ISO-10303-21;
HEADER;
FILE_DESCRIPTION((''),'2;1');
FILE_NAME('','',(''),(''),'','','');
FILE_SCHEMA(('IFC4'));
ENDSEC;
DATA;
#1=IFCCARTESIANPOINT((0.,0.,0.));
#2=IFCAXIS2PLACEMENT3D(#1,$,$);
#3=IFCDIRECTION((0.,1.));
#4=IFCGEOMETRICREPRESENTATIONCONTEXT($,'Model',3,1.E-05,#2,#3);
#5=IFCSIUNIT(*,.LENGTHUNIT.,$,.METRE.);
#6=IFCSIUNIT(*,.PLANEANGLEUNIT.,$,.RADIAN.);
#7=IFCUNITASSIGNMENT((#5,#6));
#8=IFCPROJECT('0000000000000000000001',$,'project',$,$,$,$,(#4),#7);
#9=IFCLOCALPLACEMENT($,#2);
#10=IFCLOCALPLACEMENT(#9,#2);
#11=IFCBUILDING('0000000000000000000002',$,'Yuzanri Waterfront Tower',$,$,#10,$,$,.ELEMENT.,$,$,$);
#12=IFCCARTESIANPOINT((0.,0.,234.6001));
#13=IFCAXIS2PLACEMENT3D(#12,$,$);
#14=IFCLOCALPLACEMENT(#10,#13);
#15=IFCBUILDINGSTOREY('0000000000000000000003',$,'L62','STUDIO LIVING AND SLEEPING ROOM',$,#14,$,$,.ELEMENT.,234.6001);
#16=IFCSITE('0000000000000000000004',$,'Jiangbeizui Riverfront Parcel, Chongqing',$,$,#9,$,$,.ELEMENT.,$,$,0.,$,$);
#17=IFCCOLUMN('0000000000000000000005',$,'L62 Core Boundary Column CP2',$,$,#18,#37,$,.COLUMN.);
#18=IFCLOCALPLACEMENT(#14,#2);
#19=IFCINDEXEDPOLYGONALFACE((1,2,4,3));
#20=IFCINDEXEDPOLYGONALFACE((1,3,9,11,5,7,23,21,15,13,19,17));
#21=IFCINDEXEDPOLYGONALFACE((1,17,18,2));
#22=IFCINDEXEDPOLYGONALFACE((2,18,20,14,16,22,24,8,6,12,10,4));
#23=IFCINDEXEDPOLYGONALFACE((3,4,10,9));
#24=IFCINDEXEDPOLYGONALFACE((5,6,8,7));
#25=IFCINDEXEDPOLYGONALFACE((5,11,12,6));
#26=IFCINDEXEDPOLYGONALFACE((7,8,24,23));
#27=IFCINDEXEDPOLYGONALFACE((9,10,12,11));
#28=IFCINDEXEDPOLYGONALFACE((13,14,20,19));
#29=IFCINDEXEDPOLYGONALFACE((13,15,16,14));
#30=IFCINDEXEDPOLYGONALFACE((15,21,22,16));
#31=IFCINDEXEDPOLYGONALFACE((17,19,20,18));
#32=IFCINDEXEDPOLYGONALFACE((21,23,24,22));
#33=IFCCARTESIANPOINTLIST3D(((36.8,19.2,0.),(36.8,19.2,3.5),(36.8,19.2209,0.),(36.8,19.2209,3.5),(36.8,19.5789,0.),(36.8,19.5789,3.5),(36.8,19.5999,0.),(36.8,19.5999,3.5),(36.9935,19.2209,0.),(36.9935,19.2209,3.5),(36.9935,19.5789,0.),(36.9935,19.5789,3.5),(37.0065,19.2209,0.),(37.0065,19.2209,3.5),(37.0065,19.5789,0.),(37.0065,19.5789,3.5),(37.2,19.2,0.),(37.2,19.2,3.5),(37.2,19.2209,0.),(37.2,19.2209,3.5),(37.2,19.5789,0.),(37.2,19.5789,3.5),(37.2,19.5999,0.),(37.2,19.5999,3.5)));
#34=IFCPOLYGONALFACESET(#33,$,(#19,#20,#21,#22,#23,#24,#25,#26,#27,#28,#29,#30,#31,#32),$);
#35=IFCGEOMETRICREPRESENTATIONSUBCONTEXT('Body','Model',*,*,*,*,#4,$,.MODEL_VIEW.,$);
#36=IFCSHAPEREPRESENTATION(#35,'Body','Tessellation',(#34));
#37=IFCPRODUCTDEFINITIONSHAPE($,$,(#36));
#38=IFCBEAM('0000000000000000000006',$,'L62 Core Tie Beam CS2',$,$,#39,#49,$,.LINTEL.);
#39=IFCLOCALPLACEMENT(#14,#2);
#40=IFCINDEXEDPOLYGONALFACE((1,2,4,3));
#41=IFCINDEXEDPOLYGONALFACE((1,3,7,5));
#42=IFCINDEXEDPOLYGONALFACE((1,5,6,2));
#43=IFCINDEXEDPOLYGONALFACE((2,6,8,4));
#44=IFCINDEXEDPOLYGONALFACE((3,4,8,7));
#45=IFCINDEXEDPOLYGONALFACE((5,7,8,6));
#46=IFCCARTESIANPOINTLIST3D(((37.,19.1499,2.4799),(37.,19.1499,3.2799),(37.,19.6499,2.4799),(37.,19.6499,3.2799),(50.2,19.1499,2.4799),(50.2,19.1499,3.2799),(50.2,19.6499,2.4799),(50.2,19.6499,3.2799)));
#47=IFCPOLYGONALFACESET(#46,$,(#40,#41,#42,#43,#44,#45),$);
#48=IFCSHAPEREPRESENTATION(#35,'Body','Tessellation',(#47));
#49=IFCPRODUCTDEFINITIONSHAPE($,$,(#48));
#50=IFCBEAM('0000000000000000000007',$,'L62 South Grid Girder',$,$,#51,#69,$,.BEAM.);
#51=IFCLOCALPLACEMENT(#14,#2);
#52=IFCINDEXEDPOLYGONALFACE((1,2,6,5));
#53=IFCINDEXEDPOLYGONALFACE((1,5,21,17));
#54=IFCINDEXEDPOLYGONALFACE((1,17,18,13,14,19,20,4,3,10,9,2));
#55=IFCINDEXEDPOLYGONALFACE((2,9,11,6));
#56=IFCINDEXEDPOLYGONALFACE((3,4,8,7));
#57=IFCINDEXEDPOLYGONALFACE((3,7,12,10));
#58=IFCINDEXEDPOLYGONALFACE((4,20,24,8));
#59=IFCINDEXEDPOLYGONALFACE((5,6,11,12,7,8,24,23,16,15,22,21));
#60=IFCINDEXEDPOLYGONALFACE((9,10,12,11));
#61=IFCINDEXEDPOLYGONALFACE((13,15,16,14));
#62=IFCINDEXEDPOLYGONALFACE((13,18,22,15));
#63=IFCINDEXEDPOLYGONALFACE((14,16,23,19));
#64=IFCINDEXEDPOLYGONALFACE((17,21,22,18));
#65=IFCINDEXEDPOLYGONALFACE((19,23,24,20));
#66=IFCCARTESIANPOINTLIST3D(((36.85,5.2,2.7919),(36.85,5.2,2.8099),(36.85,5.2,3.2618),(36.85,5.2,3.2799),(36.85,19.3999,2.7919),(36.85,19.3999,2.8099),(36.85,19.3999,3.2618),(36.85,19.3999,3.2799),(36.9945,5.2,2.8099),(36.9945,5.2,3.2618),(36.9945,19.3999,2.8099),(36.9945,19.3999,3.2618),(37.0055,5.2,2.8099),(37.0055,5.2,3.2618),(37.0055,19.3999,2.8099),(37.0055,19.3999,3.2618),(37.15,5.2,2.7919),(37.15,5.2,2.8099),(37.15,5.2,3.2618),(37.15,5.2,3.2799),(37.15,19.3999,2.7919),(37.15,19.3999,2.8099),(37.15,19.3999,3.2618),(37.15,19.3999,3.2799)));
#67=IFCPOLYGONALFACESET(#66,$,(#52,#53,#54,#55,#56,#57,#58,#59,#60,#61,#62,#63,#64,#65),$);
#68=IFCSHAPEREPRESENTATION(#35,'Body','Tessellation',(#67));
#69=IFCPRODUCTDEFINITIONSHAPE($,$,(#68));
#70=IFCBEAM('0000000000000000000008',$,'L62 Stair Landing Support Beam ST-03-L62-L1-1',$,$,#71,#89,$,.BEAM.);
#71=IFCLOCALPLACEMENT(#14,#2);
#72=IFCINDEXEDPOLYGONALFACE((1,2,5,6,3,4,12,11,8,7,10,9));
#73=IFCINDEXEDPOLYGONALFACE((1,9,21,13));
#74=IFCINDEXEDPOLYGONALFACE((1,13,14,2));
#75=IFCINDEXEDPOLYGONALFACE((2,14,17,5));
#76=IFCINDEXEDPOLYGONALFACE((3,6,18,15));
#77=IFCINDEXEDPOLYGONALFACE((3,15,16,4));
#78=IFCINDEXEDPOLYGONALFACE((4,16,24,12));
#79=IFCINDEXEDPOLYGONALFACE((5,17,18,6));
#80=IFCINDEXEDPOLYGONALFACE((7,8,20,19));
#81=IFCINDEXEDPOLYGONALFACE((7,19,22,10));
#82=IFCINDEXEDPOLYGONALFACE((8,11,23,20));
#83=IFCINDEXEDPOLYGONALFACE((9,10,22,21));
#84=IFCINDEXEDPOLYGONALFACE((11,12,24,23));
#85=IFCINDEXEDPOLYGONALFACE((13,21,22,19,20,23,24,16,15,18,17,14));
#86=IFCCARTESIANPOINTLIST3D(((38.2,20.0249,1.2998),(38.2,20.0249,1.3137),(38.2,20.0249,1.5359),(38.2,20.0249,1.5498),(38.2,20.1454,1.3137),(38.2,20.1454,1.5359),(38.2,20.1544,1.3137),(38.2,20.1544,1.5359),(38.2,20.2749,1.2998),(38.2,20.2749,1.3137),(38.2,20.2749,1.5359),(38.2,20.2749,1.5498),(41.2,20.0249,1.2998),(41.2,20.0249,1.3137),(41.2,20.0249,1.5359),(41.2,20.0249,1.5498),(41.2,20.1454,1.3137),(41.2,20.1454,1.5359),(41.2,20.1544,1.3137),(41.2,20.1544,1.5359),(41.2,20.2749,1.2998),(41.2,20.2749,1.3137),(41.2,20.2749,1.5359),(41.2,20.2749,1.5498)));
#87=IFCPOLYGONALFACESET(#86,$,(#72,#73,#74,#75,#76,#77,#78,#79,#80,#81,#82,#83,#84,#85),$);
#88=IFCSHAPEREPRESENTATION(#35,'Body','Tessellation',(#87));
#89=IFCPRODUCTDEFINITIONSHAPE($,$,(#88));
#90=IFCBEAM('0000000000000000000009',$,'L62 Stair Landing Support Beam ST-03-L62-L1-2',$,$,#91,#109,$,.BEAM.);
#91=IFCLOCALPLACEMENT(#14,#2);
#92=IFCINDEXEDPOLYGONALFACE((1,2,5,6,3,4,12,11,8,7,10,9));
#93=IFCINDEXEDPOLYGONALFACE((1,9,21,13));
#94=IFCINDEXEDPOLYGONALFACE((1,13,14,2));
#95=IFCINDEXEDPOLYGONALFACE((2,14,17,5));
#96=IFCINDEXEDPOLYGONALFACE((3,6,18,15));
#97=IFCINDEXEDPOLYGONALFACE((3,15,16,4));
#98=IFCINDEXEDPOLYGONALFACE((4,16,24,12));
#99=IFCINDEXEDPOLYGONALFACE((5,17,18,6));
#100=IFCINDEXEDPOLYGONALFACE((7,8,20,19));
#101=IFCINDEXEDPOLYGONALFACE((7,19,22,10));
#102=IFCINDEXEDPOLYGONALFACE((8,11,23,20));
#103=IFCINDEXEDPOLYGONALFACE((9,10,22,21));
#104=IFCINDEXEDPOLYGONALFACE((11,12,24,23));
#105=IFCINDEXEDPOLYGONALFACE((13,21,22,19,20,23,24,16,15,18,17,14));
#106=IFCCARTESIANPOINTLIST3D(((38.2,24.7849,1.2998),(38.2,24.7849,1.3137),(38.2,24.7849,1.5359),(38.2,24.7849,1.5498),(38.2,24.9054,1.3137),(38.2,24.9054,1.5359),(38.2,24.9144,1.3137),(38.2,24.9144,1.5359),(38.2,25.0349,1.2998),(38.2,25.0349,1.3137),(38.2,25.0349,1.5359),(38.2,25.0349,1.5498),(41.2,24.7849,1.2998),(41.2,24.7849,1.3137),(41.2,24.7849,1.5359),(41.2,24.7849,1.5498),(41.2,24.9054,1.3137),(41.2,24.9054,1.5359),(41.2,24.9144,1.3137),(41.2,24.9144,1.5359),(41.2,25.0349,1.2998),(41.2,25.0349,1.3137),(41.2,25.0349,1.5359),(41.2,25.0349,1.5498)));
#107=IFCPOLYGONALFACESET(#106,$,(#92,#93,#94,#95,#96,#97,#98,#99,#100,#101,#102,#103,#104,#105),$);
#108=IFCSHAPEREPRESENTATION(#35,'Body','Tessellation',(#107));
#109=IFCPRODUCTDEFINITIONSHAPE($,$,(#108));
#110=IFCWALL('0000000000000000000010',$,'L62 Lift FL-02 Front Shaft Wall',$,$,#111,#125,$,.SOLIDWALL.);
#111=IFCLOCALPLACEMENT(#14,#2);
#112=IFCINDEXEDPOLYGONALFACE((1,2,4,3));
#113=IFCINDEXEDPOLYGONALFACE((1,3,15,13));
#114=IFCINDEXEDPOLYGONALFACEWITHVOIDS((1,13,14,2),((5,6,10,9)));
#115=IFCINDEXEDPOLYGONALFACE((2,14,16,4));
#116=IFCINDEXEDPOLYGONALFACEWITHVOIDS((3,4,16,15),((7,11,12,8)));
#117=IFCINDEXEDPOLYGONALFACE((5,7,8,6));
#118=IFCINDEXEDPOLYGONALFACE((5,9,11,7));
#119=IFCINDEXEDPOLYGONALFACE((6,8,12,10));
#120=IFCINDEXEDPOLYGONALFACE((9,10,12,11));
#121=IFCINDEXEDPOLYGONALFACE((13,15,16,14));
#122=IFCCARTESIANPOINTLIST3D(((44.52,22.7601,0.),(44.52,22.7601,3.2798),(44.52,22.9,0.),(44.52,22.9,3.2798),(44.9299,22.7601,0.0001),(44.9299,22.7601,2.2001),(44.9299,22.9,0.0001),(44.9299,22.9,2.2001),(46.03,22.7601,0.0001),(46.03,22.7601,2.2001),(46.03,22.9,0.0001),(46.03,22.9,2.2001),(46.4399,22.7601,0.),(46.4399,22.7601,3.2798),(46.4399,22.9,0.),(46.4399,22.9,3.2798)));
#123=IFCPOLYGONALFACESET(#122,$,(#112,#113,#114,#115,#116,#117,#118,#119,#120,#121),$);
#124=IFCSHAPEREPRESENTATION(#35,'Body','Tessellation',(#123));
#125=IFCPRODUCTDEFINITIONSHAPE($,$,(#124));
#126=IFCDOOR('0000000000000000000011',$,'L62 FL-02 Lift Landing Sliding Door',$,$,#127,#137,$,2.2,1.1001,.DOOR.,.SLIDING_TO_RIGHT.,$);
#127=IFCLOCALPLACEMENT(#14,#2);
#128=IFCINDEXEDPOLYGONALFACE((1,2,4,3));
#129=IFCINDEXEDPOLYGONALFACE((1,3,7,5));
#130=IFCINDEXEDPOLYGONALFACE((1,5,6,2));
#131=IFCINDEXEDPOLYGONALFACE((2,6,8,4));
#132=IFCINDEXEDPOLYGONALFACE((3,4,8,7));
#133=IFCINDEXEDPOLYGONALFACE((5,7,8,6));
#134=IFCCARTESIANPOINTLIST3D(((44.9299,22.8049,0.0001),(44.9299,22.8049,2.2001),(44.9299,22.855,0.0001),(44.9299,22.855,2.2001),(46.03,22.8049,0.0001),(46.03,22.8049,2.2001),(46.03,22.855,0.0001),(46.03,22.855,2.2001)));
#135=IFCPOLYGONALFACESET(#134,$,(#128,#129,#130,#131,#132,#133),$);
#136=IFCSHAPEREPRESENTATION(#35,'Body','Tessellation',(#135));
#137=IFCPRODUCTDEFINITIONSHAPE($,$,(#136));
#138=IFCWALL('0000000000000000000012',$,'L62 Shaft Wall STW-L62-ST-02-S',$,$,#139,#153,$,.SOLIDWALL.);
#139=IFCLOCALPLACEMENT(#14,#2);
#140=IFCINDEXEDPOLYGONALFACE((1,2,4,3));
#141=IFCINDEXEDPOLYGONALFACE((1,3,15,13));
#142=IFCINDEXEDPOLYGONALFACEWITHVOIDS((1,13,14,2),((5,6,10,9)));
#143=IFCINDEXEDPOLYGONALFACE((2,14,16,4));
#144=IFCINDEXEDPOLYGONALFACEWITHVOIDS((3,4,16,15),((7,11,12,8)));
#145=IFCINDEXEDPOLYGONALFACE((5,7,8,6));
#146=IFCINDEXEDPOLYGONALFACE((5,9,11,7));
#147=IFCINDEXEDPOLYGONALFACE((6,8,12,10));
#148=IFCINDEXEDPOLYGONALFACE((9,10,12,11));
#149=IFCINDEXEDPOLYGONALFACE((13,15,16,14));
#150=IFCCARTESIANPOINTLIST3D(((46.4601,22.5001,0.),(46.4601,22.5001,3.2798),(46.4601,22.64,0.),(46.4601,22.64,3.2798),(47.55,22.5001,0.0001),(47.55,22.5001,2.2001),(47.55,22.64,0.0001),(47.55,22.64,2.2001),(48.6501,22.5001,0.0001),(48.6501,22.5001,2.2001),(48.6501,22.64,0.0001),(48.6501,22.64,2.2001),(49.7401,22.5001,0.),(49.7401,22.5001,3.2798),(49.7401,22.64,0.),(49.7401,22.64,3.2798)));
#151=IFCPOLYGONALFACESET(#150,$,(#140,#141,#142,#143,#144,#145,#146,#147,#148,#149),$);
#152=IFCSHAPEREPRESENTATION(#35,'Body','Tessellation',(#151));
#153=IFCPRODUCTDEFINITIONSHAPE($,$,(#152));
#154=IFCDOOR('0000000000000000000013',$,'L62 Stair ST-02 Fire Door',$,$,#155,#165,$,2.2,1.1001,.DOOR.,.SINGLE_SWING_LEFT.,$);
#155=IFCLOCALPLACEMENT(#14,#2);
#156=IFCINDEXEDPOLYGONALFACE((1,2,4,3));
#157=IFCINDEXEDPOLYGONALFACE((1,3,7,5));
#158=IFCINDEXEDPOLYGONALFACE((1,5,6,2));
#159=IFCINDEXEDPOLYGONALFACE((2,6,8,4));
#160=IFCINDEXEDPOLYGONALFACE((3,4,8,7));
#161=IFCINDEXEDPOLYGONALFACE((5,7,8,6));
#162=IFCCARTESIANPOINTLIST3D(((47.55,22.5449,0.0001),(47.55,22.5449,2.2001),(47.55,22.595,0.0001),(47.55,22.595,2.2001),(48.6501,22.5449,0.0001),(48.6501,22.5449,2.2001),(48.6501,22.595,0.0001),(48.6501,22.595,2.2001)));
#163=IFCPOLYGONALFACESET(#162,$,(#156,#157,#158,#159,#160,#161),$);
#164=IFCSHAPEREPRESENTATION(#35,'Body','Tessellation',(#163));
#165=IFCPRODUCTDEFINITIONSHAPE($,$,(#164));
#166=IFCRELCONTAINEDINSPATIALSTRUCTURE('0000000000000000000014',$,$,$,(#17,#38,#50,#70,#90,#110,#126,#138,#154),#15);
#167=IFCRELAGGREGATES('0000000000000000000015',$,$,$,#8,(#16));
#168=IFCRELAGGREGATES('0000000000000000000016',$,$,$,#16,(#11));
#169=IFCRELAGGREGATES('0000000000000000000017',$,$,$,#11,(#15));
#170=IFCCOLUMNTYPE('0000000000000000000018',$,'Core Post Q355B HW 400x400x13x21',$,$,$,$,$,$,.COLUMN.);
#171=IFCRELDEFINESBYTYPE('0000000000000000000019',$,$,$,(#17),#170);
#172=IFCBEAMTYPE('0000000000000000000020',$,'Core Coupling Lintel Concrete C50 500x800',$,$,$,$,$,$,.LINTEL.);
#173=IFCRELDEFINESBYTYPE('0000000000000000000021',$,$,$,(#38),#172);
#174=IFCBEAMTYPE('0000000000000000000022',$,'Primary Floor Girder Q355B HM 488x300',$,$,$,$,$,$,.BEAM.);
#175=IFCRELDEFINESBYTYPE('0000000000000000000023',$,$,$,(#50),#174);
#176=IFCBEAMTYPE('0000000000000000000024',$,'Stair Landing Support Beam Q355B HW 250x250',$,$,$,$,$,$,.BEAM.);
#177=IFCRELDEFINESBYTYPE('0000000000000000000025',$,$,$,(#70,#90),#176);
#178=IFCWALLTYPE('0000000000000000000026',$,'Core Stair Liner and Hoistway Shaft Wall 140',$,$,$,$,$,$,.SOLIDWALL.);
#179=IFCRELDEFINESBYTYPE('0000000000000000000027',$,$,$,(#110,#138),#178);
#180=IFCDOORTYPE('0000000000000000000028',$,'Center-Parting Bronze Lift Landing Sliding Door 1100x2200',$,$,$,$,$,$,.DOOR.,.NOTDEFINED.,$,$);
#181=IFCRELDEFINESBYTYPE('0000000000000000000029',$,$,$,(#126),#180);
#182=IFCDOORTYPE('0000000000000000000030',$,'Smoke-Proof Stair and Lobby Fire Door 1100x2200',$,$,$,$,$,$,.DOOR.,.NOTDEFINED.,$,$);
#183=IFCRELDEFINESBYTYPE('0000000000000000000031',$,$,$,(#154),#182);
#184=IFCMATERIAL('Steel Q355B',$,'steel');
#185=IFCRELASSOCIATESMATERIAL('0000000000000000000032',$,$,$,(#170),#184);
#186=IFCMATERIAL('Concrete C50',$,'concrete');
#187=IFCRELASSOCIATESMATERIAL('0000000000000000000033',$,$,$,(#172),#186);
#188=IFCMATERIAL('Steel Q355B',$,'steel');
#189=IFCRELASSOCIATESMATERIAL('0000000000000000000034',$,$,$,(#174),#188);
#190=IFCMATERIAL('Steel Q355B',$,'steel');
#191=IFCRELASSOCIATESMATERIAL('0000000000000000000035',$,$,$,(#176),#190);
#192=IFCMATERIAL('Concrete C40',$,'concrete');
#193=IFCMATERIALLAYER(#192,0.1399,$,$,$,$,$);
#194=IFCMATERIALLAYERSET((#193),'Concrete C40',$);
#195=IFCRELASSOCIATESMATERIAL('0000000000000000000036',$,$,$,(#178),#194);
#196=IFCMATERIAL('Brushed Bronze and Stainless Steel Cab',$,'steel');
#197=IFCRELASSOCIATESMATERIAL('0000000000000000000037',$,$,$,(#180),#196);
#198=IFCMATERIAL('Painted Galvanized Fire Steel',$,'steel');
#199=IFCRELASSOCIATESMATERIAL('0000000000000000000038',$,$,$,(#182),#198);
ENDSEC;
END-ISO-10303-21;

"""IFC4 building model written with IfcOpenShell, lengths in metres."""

from ifc_helpers import new_model, si_unit, direction, frame, frame_2d, origin, origin_2d, place, context, subcontext, project, spatial, rectangle, i_section, extrude, source, transform, mapped, material, layer, layer_set, material_profile, profile_set, type_object, element, fill, save


model = new_model("IFC4")

# Units and contexts
model_context = context("Model", 3, precision=1e-05, world=origin(), true_north=direction((0.0, 1.0)))
body_context = subcontext(model_context, "Body", "Model", "MODEL_VIEW")
ifc_project = project(units=[si_unit("LENGTHUNIT", "METRE"), si_unit("PLANEANGLEUNIT", "RADIAN")], contexts=[model_context])

# Site, building, storey
site_placement = place(None, origin())
site = spatial("IfcSite", under=ifc_project, at=site_placement, Name="Jiangbeizui Riverfront Parcel, Chongqing", CompositionType="ELEMENT", RefElevation=0.0)
building_placement = place(site_placement, origin())
building = spatial("IfcBuilding", under=site, at=building_placement, Name="Yuzanri Waterfront Tower", CompositionType="ELEMENT")
storey_placement = place(building_placement, frame((0.0, 0.0, 234.6001)))
storey = spatial("IfcBuildingStorey", under=building, at=storey_placement, Name="L62", Description="STUDIO LIVING AND SLEEPING ROOM", CompositionType="ELEMENT", Elevation=234.6001)

# Column
ifc_material_1 = material(Name="Steel Q355B", Category="steel")
ifc_material_profile_1 = material_profile(ifc_material_1, i_section(OverallWidth=0.3999, OverallDepth=0.3999, WebThickness=0.0129, FlangeThickness=0.021, at=origin_2d()), Name="HW 400x400x13x21")
ifc_profile_set_1 = profile_set([ifc_material_profile_1], Name="Steel Q355B")
column_type = type_object("IfcColumnType", Name="Core Post Q355B HW 400x400x13x21", PredefinedType="COLUMN", material=ifc_profile_set_1)
shared_shape_1 = source(origin(), body_context, "Body", "SweptSolid", [
    extrude(i_section(OverallWidth=0.3999, OverallDepth=0.3999, WebThickness=0.0129, FlangeThickness=0.021, at=origin_2d()), origin(), (0.0, 0.0, 1.0), 3.5),
])
column_placement = place(storey_placement, frame((37.0, 19.3999, 0.0), z_axis=(0.0, 0.0, 1.0), x_axis=(1.0, 0.0, 0.0)))
element("IfcColumn", 1, at=column_placement, inside=storey, type_object=column_type, Name="L62 Core Boundary Column CP2", PredefinedType="COLUMN", context=body_context, shape_type="MappedRepresentation", body=[
    mapped(shared_shape_1, transform((0.0, 0.0, 0.0), scale=1.0)),
])

# Beams
ifc_material_2 = material(Name="Concrete C50", Category="concrete")
ifc_material_profile_2 = material_profile(ifc_material_2, rectangle(XDim=0.5, YDim=0.8, at=origin_2d()), Name="RC 500x800")
ifc_profile_set_2 = profile_set([ifc_material_profile_2], Name="Concrete C50")
beam_type_1 = type_object("IfcBeamType", Name="Core Coupling Lintel Concrete C50 500x800", PredefinedType="LINTEL", material=ifc_profile_set_2)
shared_shape_2 = source(origin(), body_context, "Body", "SweptSolid", [
    extrude(rectangle(XDim=0.5, YDim=0.8, at=origin_2d()), origin(), (0.0, 0.0, 1.0), 13.2),
])
beam_1_placement = place(storey_placement, frame((37.0, 19.3999, 2.8799), z_axis=(1.0, 0.0, 0.0), x_axis=(0.0, 1.0, 0.0)))
element("IfcBeam", 2, at=beam_1_placement, inside=storey, type_object=beam_type_1, Name="L62 Core Tie Beam CS2", PredefinedType="LINTEL", context=body_context, shape_type="MappedRepresentation", body=[
    mapped(shared_shape_2, transform((0.0, 0.0, 0.0), scale=1.0)),
])
ifc_material_3 = material(Name="Steel Q355B", Category="steel")
ifc_material_profile_3 = material_profile(ifc_material_3, i_section(OverallWidth=0.3, OverallDepth=0.488, WebThickness=0.011, FlangeThickness=0.0181, at=origin_2d()), Name="HM 488x300x11x18")
ifc_profile_set_3 = profile_set([ifc_material_profile_3], Name="Steel Q355B")
beam_type_2 = type_object("IfcBeamType", Name="Primary Floor Girder Q355B HM 488x300", PredefinedType="BEAM", material=ifc_profile_set_3)
shared_shape_3 = source(origin(), body_context, "Body", "SweptSolid", [
    extrude(i_section(OverallWidth=0.3, OverallDepth=0.488, WebThickness=0.011, FlangeThickness=0.0181, at=origin_2d()), origin(), (0.0, 0.0, 1.0), 14.2),
])
beam_2_placement = place(storey_placement, frame((37.0, 19.3999, 3.0359), z_axis=(0.0, -1.0, 0.0), x_axis=(1.0, 0.0, 0.0)))
element("IfcBeam", 3, at=beam_2_placement, inside=storey, type_object=beam_type_2, Name="L62 South Grid Girder", PredefinedType="BEAM", context=body_context, shape_type="MappedRepresentation", body=[
    mapped(shared_shape_3, transform((0.0, 0.0, 0.0), scale=1.0)),
])
ifc_material_4 = material(Name="Steel Q355B", Category="steel")
ifc_material_profile_4 = material_profile(ifc_material_4, i_section(OverallWidth=0.25, OverallDepth=0.25, WebThickness=0.009, FlangeThickness=0.0139, at=origin_2d()), Name="HW 250x250x9x14")
ifc_profile_set_4 = profile_set([ifc_material_profile_4], Name="Steel Q355B")
beam_type_3 = type_object("IfcBeamType", Name="Stair Landing Support Beam Q355B HW 250x250", PredefinedType="BEAM", material=ifc_profile_set_4)
shared_shape_4 = source(origin(), body_context, "Body", "SweptSolid", [
    extrude(i_section(OverallWidth=0.25, OverallDepth=0.25, WebThickness=0.009, FlangeThickness=0.0139, at=origin_2d()), origin(), (0.0, 0.0, 1.0), 3.0),
])
for number, where, z_axis, x_axis, name in (
    (4, (38.2, 20.1499, 1.4248), (1.0, 0.0, 0.0), (0.0, 1.0, 0.0), "L62 Stair Landing Support Beam ST-03-L62-L1-1"),
    (5, (38.2, 24.9099, 1.4248), (1.0, 0.0, 0.0), (0.0, 1.0, 0.0), "L62 Stair Landing Support Beam ST-03-L62-L1-2"),
):
    element("IfcBeam", number, at=place(storey_placement, frame(where, z_axis=z_axis, x_axis=x_axis)), inside=storey, type_object=beam_type_3, Name=name, PredefinedType="BEAM", context=body_context, shape_type="MappedRepresentation", body=[
        mapped(shared_shape_4, transform((0.0, 0.0, 0.0), scale=1.0)),
    ])

# Walls, openings, doors
ifc_material_5 = material(Name="Concrete C40", Category="concrete")
ifc_layer_1 = layer(ifc_material_5, 0.1399)
ifc_layer_set_1 = layer_set([ifc_layer_1], Name="Concrete C40")
wall_type_1 = type_object("IfcWallType", Name="Core Stair Liner and Hoistway Shaft Wall 140", PredefinedType="SOLIDWALL", material=ifc_layer_set_1)
wall_1_placement = place(storey_placement, frame((44.52, 22.8301, 0.0), z_axis=(0.0, 0.0, 1.0), x_axis=(1.0, 0.0, 0.0)))
wall_1 = element("IfcWall", 6, at=wall_1_placement, inside=storey, type_object=wall_type_1, Name="L62 Lift FL-02 Front Shaft Wall", PredefinedType="SOLIDWALL", context=body_context, shape_type="SweptSolid", body=[
    extrude(rectangle(XDim=1.9199, YDim=0.1399, at=frame_2d((0.96, 0.0))), origin(), (0.0, 0.0, 1.0), 3.2798),
])
opening_1_placement = place(wall_1_placement, frame((0.4099, 0.0, 0.0)))
opening_1 = element("IfcOpeningElement", 7, at=opening_1_placement, cuts=wall_1, PredefinedType="OPENING", context=body_context, shape_type="SweptSolid", body=[
    extrude(rectangle(XDim=1.1001, YDim=2.2, at=frame_2d((0.55, 1.1001))), frame((0.0, 0.085, 0.0), z_axis=(0.0, -1.0, 0.0), x_axis=(1.0, 0.0, 0.0)), (0.0, 0.0, 1.0), 0.1697),
])
ifc_material_6 = material(Name="Brushed Bronze and Stainless Steel Cab", Category="steel")
door_type_1 = type_object("IfcDoorType", Name="Center-Parting Bronze Lift Landing Sliding Door 1100x2200", OperationType="NOTDEFINED", PredefinedType="DOOR", material=ifc_material_6)
shared_shape_5 = source(origin(), body_context, "Body", "SweptSolid", [
    extrude(rectangle(XDim=1.1001, YDim=2.2, at=frame_2d((0.55, 1.1001))), frame((0.0, 0.0249, 0.0), z_axis=(0.0, -1.0, 0.0), x_axis=(1.0, 0.0, 0.0)), (0.0, 0.0, 1.0), 0.05),
])
door_1_placement = place(opening_1_placement, origin())
door_1 = element("IfcDoor", 8, at=door_1_placement, inside=storey, type_object=door_type_1, Name="L62 FL-02 Lift Landing Sliding Door", OperationType="SLIDING_TO_RIGHT", OverallHeight=2.2, OverallWidth=1.1001, PredefinedType="DOOR", context=body_context, shape_type="MappedRepresentation", body=[
    mapped(shared_shape_5, transform((0.0, 0.0, 0.0), scale=1.0)),
])
fill(opening_1, door_1)
wall_2_placement = place(storey_placement, frame((46.46, 22.5701, 0.0), z_axis=(0.0, 0.0, 1.0), x_axis=(1.0, 0.0, 0.0)))
wall_2 = element("IfcWall", 9, at=wall_2_placement, inside=storey, type_object=wall_type_1, Name="L62 Shaft Wall STW-L62-ST-02-S", PredefinedType="SOLIDWALL", context=body_context, shape_type="SweptSolid", body=[
    extrude(rectangle(XDim=3.28, YDim=0.1399, at=frame_2d((1.6401, 0.0))), origin(), (0.0, 0.0, 1.0), 3.2798),
])
opening_2_placement = place(wall_2_placement, frame((1.0901, 0.0, 0.0)))
opening_2 = element("IfcOpeningElement", 10, at=opening_2_placement, cuts=wall_2, PredefinedType="OPENING", context=body_context, shape_type="SweptSolid", body=[
    extrude(rectangle(XDim=1.1001, YDim=2.2, at=frame_2d((0.55, 1.1001))), frame((0.0, 0.085, 0.0), z_axis=(0.0, -1.0, 0.0), x_axis=(1.0, 0.0, 0.0)), (0.0, 0.0, 1.0), 0.1697),
])
ifc_material_7 = material(Name="Painted Galvanized Fire Steel", Category="steel")
door_type_2 = type_object("IfcDoorType", Name="Smoke-Proof Stair and Lobby Fire Door 1100x2200", OperationType="NOTDEFINED", PredefinedType="DOOR", material=ifc_material_7)
shared_shape_6 = source(origin(), body_context, "Body", "SweptSolid", [
    extrude(rectangle(XDim=1.1001, YDim=2.2, at=frame_2d((0.55, 1.1001))), frame((0.0, 0.0249, 0.0), z_axis=(0.0, -1.0, 0.0), x_axis=(1.0, 0.0, 0.0)), (0.0, 0.0, 1.0), 0.05),
])
door_2_placement = place(opening_2_placement, origin())
door_2 = element("IfcDoor", 11, at=door_2_placement, inside=storey, type_object=door_type_2, Name="L62 Stair ST-02 Fire Door", OperationType="SINGLE_SWING_LEFT", OverallHeight=2.2, OverallWidth=1.1001, PredefinedType="DOOR", context=body_context, shape_type="MappedRepresentation", body=[
    mapped(shared_shape_6, transform((0.0, 0.0, 0.0), scale=1.0)),
])
fill(opening_2, door_2)

save(model, "model.ifc")
